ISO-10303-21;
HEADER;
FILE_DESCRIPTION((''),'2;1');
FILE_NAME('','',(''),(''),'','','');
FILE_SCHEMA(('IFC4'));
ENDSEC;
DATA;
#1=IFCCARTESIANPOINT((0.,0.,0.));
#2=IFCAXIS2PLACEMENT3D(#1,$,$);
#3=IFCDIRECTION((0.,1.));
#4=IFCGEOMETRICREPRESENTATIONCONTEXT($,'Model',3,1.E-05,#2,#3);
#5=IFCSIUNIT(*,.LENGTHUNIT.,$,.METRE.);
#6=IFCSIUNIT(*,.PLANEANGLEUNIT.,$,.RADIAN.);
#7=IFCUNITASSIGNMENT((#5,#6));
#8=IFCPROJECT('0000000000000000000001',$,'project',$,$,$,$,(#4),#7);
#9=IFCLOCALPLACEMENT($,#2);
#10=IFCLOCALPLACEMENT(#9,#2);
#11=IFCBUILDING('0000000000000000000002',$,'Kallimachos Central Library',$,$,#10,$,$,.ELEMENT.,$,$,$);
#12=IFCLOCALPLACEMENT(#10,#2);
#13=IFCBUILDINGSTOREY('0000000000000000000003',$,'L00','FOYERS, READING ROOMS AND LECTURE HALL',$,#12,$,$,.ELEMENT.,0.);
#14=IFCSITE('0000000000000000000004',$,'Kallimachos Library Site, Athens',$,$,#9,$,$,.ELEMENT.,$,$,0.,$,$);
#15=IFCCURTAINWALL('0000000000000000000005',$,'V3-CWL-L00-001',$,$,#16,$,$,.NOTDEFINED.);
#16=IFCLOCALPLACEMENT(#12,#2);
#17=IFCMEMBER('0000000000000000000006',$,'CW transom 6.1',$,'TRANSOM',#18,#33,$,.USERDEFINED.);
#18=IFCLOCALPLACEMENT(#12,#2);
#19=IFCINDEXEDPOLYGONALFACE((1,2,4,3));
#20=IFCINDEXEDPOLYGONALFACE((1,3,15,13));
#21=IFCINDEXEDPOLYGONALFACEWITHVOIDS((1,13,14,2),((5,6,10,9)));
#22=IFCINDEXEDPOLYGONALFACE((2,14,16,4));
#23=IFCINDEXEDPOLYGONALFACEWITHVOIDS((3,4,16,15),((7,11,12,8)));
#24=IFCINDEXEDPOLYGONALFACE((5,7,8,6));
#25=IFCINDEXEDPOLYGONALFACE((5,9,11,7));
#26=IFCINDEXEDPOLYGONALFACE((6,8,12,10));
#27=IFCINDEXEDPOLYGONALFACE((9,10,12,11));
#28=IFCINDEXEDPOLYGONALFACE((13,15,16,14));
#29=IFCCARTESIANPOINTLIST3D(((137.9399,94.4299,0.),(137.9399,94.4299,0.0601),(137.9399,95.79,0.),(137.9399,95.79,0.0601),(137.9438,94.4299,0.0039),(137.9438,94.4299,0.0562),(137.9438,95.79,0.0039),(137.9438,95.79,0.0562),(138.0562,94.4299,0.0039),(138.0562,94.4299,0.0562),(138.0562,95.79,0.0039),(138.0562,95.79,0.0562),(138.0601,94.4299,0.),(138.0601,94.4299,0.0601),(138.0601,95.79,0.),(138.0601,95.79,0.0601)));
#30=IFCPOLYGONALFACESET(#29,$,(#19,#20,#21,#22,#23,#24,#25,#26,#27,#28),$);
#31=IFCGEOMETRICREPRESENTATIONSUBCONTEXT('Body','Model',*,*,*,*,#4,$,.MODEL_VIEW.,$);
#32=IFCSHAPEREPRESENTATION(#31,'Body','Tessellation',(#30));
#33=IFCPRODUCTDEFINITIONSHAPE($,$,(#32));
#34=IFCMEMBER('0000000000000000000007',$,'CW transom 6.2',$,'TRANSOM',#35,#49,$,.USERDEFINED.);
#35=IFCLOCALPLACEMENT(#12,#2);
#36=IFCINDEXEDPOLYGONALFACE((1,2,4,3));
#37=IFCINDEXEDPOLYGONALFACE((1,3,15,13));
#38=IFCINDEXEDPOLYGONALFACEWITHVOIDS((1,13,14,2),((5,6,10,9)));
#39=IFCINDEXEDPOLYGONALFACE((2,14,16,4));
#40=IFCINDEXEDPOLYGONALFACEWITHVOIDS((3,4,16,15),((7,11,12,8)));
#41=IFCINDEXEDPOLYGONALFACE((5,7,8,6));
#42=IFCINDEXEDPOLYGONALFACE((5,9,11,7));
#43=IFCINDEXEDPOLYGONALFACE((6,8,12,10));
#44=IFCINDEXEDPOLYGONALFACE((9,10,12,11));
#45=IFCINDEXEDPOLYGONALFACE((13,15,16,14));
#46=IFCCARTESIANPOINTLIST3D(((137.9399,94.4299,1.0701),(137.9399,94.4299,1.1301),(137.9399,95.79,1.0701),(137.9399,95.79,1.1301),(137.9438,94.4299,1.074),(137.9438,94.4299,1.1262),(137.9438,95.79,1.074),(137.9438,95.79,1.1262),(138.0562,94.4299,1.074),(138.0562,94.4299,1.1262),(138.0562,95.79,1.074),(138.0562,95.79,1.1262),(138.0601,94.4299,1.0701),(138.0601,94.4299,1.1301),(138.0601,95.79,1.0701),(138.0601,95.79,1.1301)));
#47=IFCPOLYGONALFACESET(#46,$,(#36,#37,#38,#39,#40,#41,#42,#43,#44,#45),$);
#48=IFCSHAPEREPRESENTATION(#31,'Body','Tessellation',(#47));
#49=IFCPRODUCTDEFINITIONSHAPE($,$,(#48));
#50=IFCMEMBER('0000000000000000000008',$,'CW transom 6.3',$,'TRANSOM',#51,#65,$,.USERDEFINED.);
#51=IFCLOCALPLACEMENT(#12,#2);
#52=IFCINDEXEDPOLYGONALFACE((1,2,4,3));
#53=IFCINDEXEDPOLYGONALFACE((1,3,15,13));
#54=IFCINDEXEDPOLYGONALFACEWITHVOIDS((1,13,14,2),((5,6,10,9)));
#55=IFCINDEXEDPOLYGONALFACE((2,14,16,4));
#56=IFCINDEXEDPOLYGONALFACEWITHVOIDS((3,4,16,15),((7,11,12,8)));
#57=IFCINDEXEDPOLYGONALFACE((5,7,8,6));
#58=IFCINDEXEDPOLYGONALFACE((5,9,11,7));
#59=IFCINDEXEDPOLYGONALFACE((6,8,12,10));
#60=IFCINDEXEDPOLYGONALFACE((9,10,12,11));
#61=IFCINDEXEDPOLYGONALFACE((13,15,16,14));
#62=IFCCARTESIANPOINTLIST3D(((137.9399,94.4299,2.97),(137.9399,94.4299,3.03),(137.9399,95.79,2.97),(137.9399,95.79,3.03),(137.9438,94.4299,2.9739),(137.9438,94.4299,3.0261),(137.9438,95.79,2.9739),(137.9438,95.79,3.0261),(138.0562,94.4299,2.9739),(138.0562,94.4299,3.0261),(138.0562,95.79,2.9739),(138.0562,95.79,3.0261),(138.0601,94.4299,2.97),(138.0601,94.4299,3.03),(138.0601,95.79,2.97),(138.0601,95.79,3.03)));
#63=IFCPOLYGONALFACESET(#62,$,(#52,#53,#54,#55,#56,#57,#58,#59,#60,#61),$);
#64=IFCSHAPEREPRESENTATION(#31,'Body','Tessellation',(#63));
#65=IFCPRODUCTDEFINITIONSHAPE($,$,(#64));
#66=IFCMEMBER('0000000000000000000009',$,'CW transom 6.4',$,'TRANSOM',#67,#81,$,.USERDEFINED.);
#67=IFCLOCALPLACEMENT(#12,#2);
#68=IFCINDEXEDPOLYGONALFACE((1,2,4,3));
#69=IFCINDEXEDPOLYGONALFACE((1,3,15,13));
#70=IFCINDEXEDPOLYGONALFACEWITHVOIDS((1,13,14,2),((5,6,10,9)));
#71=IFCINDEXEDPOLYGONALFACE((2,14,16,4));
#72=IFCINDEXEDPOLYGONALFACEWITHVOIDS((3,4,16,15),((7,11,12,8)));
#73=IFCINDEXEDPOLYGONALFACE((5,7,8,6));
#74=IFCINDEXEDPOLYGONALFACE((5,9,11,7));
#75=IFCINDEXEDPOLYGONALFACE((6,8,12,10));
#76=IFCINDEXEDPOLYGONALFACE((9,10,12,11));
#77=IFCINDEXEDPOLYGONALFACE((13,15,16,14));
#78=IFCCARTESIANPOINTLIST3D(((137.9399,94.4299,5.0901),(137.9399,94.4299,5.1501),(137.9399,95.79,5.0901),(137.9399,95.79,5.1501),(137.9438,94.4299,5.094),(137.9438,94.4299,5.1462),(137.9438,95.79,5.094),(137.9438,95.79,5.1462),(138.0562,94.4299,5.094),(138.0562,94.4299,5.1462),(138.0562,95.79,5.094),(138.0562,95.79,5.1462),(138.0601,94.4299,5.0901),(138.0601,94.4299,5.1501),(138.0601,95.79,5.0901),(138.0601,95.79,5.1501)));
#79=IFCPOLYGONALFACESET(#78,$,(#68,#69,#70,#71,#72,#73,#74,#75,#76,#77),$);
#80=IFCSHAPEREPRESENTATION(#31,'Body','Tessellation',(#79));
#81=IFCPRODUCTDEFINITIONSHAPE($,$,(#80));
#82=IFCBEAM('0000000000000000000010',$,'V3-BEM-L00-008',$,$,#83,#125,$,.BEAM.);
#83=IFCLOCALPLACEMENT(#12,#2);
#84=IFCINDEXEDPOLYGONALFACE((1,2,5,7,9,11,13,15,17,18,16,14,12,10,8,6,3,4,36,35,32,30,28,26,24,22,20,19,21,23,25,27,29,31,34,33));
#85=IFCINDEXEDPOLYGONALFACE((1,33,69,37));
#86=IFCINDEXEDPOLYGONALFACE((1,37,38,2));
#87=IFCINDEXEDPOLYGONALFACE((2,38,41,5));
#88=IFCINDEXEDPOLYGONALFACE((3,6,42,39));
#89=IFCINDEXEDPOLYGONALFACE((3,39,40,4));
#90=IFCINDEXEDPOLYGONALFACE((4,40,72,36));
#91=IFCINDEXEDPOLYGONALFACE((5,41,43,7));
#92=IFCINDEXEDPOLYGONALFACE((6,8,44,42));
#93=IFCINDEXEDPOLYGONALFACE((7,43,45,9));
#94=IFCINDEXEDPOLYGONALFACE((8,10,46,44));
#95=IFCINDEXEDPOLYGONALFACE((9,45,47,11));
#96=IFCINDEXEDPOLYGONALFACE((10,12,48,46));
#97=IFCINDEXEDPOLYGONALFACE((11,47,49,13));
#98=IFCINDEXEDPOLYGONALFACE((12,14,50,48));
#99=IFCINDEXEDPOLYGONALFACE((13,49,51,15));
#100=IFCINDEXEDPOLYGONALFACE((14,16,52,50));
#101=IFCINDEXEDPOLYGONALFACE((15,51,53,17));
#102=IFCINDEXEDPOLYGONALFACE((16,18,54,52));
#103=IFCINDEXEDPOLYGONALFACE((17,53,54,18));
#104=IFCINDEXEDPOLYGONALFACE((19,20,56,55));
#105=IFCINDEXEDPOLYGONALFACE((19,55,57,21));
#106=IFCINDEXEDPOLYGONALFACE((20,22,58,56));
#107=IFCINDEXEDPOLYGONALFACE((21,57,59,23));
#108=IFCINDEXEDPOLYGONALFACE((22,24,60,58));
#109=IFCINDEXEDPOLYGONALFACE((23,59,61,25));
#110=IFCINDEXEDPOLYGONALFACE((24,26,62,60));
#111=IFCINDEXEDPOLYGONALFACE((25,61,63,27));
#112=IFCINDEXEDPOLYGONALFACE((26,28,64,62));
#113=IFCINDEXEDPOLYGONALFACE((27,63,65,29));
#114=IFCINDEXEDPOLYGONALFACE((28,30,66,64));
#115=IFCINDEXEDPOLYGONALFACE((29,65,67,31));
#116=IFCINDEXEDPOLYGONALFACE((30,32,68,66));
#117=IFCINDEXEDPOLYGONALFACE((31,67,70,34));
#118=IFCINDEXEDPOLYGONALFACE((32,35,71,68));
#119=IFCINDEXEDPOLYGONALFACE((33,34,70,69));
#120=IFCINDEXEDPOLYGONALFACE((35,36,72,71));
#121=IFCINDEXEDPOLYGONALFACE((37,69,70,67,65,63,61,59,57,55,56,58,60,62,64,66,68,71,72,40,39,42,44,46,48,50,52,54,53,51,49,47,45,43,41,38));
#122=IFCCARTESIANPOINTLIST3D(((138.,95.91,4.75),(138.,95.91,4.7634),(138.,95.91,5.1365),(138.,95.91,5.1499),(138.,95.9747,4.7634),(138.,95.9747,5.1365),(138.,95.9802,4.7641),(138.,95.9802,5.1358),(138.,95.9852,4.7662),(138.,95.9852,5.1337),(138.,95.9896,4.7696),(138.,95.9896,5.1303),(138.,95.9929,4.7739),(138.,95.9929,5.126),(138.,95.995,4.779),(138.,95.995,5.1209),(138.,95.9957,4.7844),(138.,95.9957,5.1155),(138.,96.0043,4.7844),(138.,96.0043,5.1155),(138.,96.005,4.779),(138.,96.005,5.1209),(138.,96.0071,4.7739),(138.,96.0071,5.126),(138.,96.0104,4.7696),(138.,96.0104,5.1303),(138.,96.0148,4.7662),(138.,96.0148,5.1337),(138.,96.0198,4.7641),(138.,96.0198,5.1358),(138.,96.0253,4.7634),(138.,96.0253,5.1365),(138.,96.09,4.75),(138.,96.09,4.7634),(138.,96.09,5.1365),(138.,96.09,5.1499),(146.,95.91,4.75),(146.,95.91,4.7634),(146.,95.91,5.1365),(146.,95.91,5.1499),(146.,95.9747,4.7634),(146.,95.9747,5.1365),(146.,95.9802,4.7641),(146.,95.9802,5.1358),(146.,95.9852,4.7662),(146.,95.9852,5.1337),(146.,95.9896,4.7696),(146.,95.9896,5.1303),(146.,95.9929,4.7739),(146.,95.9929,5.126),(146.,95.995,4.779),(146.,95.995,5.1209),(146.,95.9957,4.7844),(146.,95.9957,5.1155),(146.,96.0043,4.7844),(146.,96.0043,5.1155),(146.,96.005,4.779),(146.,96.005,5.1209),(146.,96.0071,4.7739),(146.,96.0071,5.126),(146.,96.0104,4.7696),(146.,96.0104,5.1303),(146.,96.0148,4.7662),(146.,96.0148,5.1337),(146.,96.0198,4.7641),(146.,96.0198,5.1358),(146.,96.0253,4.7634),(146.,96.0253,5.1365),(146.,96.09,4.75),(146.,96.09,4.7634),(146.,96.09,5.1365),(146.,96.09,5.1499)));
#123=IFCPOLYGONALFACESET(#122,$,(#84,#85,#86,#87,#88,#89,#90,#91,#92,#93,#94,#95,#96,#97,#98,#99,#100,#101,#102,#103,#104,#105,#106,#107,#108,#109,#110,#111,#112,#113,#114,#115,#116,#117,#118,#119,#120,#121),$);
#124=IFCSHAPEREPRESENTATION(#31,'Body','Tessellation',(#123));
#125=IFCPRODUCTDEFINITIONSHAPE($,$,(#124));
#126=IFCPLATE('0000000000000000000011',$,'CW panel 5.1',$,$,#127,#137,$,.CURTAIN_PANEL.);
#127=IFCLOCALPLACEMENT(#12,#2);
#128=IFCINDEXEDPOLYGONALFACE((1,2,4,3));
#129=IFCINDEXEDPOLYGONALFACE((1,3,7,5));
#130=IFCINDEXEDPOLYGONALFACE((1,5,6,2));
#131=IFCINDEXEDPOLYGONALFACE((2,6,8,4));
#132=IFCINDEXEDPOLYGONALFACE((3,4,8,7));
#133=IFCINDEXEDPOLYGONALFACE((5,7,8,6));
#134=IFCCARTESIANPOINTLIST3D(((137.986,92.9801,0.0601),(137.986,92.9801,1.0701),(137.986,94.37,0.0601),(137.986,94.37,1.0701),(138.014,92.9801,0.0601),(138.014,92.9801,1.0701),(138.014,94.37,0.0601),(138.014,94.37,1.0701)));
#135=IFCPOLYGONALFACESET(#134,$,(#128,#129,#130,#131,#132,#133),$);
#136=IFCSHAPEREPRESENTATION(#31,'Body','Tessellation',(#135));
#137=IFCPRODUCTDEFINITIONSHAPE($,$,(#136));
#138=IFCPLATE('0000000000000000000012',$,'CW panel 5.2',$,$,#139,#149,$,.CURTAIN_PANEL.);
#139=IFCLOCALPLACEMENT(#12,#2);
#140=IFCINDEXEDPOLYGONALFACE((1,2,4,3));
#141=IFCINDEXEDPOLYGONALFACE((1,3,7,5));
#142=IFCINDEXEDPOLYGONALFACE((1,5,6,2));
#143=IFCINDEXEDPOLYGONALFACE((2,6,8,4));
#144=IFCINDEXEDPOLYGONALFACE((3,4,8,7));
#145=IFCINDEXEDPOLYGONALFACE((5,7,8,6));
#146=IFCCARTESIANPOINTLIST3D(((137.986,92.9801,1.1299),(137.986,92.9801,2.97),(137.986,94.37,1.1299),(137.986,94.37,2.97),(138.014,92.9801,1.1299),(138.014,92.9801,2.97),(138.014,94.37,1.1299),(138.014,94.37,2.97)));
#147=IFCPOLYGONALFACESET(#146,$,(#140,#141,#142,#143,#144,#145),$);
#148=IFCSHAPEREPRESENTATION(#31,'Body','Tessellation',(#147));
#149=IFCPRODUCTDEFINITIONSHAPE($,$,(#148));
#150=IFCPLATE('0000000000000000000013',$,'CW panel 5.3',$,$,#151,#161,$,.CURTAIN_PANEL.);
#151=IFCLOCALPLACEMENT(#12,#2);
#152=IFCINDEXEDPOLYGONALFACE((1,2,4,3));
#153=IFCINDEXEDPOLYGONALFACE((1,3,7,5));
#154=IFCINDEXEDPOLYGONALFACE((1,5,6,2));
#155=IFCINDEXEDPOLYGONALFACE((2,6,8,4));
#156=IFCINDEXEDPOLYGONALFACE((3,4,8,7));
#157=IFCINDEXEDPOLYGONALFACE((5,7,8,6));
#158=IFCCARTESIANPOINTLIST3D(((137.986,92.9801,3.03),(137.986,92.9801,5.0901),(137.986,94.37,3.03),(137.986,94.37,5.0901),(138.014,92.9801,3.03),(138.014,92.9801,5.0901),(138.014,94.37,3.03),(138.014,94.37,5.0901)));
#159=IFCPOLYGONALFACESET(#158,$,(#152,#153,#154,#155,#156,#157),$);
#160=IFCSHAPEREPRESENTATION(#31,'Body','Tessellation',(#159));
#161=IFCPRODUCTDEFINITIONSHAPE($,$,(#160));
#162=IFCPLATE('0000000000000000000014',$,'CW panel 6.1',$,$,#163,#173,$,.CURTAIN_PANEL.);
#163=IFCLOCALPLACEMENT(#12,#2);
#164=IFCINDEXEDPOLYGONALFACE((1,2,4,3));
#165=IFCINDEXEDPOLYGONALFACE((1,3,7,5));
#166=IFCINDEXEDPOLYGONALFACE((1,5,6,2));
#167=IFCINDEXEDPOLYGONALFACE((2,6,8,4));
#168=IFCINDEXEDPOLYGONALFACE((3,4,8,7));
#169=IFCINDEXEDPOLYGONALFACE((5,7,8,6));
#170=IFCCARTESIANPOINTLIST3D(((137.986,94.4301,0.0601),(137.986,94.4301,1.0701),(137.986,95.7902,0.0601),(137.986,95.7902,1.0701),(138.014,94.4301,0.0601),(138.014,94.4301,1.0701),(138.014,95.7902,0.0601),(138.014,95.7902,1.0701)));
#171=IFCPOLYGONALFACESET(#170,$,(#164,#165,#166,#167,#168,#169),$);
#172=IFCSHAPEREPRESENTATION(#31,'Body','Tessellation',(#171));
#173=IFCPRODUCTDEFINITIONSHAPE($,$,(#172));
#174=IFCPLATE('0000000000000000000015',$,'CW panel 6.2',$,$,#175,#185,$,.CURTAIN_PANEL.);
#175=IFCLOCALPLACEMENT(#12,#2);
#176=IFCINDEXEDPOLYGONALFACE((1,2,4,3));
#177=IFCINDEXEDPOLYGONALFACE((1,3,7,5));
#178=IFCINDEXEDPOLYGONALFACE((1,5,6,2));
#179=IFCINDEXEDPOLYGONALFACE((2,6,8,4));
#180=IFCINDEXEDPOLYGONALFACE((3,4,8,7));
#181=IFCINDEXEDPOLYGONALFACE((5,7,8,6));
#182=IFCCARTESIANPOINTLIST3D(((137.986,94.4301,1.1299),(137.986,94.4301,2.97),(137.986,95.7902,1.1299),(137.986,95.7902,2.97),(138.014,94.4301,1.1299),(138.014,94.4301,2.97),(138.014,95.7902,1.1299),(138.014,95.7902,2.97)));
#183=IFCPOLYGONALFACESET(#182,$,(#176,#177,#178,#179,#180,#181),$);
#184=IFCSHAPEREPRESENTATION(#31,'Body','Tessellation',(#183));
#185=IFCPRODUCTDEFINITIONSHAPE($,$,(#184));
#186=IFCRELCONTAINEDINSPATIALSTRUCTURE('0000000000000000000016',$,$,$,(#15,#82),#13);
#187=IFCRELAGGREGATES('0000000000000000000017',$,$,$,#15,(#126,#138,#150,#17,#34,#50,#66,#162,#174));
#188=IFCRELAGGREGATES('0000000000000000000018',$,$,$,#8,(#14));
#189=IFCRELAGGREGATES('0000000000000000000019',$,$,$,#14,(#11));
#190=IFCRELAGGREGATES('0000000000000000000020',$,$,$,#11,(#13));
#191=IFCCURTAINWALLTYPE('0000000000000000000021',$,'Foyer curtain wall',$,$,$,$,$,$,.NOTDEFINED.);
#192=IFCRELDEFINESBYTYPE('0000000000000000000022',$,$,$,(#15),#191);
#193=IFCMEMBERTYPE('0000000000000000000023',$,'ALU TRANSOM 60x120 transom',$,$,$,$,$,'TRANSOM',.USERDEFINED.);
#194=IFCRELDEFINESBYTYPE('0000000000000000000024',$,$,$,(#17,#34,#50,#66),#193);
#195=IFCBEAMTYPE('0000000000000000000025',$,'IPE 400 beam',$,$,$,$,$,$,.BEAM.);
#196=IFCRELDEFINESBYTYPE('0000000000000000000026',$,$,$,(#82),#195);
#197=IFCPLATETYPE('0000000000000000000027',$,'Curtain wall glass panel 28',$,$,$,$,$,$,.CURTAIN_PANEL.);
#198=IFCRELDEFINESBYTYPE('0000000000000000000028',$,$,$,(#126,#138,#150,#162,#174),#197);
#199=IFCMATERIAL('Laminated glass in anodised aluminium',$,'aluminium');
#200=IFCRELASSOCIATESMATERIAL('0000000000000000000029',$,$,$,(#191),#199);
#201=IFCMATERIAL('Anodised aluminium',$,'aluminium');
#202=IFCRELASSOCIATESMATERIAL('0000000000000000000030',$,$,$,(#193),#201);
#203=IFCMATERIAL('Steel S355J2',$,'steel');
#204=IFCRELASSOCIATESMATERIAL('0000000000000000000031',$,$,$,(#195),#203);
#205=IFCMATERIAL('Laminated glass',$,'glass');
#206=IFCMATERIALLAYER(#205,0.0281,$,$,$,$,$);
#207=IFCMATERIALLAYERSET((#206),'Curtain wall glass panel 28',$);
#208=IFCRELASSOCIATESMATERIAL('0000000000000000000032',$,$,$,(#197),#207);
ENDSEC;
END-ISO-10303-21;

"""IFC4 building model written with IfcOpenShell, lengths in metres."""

from ifc_helpers import new_model, si_unit, direction, frame, origin, origin_2d, place, context, subcontext, project, spatial, rectangle, hollow_rectangle, i_section, extrude, material, layer, layer_set, material_profile, profile_set, type_object, element, aggregate, save


model = new_model("IFC4")

# Units and contexts
model_context = context("Model", 3, precision=1e-05, world=origin(), true_north=direction((0.0, 1.0)))
body_context = subcontext(model_context, "Body", "Model", "MODEL_VIEW")
ifc_project = project(units=[si_unit("LENGTHUNIT", "METRE"), si_unit("PLANEANGLEUNIT", "RADIAN")], contexts=[model_context])

# Site, building, storey
site_placement = place(None, origin())
site = spatial("IfcSite", under=ifc_project, at=site_placement, Name="Kallimachos Library Site, Athens", CompositionType="ELEMENT", RefElevation=0.0)
building_placement = place(site_placement, origin())
building = spatial("IfcBuilding", under=site, at=building_placement, Name="Kallimachos Central Library", CompositionType="ELEMENT")
storey_placement = place(building_placement, origin())
storey = spatial("IfcBuildingStorey", under=building, at=storey_placement, Name="L00", Description="FOYERS, READING ROOMS AND LECTURE HALL", CompositionType="ELEMENT", Elevation=0.0)

# Curtain wall, members
ifc_material_1 = material(Name="Laminated glass in anodised aluminium", Category="aluminium")
curtain_wall_type = type_object("IfcCurtainWallType", Name="Foyer curtain wall", PredefinedType="NOTDEFINED", material=ifc_material_1)
curtain_wall_placement = place(storey_placement, origin())
curtain_wall = element("IfcCurtainWall", 1, at=curtain_wall_placement, inside=storey, type_object=curtain_wall_type, Name="V3-CWL-L00-001", PredefinedType="NOTDEFINED")
ifc_material_2 = material(Name="Anodised aluminium", Category="aluminium")
ifc_material_profile_1 = material_profile(ifc_material_2, hollow_rectangle(XDim=0.0601, YDim=0.1201, WallThickness=0.0039, at=origin_2d()), Name="ALU TRANSOM 60x120")
ifc_profile_set_1 = profile_set([ifc_material_profile_1], Name="Anodised aluminium")
member_type_1 = type_object("IfcMemberType", Name="ALU TRANSOM 60x120 transom", ElementType="TRANSOM", PredefinedType="USERDEFINED", material=ifc_profile_set_1)
member_1_placement = place(storey_placement, frame((138.0, 94.4299, 0.03), z_axis=(0.0, 1.0, 0.0), x_axis=(0.0, 0.0, 1.0)))
member_1 = element("IfcMember", 2, at=member_1_placement, type_object=member_type_1, Name="CW transom 6.1", ObjectType="TRANSOM", PredefinedType="USERDEFINED", context=body_context, shape_type="SweptSolid", body=[
    extrude(hollow_rectangle(XDim=0.0601, YDim=0.1201, WallThickness=0.0039, at=origin_2d()), origin(), (0.0, 0.0, 1.0), 1.3601),
])
member_2_placement = place(storey_placement, frame((138.0, 94.4299, 1.1001), z_axis=(0.0, 1.0, 0.0), x_axis=(0.0, 0.0, 1.0)))
member_2 = element("IfcMember", 3, at=member_2_placement, type_object=member_type_1, Name="CW transom 6.2", ObjectType="TRANSOM", PredefinedType="USERDEFINED", context=body_context, shape_type="SweptSolid", body=[
    extrude(hollow_rectangle(XDim=0.0601, YDim=0.1201, WallThickness=0.0039, at=origin_2d()), origin(), (0.0, 0.0, 1.0), 1.3601),
])
member_3_placement = place(storey_placement, frame((138.0, 94.4299, 3.0), z_axis=(0.0, 1.0, 0.0), x_axis=(0.0, 0.0, 1.0)))
member_3 = element("IfcMember", 4, at=member_3_placement, type_object=member_type_1, Name="CW transom 6.3", ObjectType="TRANSOM", PredefinedType="USERDEFINED", context=body_context, shape_type="SweptSolid", body=[
    extrude(hollow_rectangle(XDim=0.0601, YDim=0.1201, WallThickness=0.0039, at=origin_2d()), origin(), (0.0, 0.0, 1.0), 1.3601),
])
member_4_placement = place(storey_placement, frame((138.0, 94.4299, 5.1201), z_axis=(0.0, 1.0, 0.0), x_axis=(0.0, 0.0, 1.0)))
member_4 = element("IfcMember", 5, at=member_4_placement, type_object=member_type_1, Name="CW transom 6.4", ObjectType="TRANSOM", PredefinedType="USERDEFINED", context=body_context, shape_type="SweptSolid", body=[
    extrude(hollow_rectangle(XDim=0.0601, YDim=0.1201, WallThickness=0.0039, at=origin_2d()), origin(), (0.0, 0.0, 1.0), 1.3601),
])

# Beam
ifc_material_3 = material(Name="Steel S355J2", Category="steel")
ifc_material_profile_2 = material_profile(ifc_material_3, i_section(OverallWidth=0.1799, OverallDepth=0.3999, WebThickness=0.0085, FlangeThickness=0.0134, FilletRadius=0.021, at=origin_2d()), Name="IPE 400")
ifc_profile_set_2 = profile_set([ifc_material_profile_2], Name="Steel S355J2")
beam_type = type_object("IfcBeamType", Name="IPE 400 beam", PredefinedType="BEAM", material=ifc_profile_set_2)
beam_placement = place(storey_placement, frame((138.0, 96.0, 4.95), z_axis=(1.0, 0.0, 0.0), x_axis=(0.0, 1.0, 0.0)))
element("IfcBeam", 6, at=beam_placement, inside=storey, type_object=beam_type, Name="V3-BEM-L00-008", PredefinedType="BEAM", context=body_context, shape_type="SweptSolid", body=[
    extrude(i_section(OverallWidth=0.1799, OverallDepth=0.3999, WebThickness=0.0085, FlangeThickness=0.0134, FilletRadius=0.021, at=origin_2d()), origin(), (0.0, 0.0, 1.0), 8.0),
])

# Plates
ifc_material_4 = material(Name="Laminated glass", Category="glass")
ifc_layer_1 = layer(ifc_material_4, 0.0281)
ifc_layer_set_1 = layer_set([ifc_layer_1], Name="Curtain wall glass panel 28")
plate_type = type_object("IfcPlateType", Name="Curtain wall glass panel 28", PredefinedType="CURTAIN_PANEL", material=ifc_layer_set_1)
plate_1_placement = place(storey_placement, frame((138.0, 93.675, 0.0601), z_axis=(0.0, 0.0, 1.0), x_axis=(0.0, 1.0, 0.0)))
plate_1 = element("IfcPlate", 7, at=plate_1_placement, type_object=plate_type, Name="CW panel 5.1", PredefinedType="CURTAIN_PANEL", context=body_context, shape_type="SweptSolid", body=[
    extrude(rectangle(XDim=1.3899, YDim=0.0281, at=origin_2d()), origin(), (0.0, 0.0, 1.0), 1.01),
])
plate_2_placement = place(storey_placement, frame((138.0, 93.675, 1.1299), z_axis=(0.0, 0.0, 1.0), x_axis=(0.0, 1.0, 0.0)))
plate_2 = element("IfcPlate", 8, at=plate_2_placement, type_object=plate_type, Name="CW panel 5.2", PredefinedType="CURTAIN_PANEL", context=body_context, shape_type="SweptSolid", body=[
    extrude(rectangle(XDim=1.3899, YDim=0.0281, at=origin_2d()), origin(), (0.0, 0.0, 1.0), 1.8401),
])
plate_3_placement = place(storey_placement, frame((138.0, 93.675, 3.03), z_axis=(0.0, 0.0, 1.0), x_axis=(0.0, 1.0, 0.0)))
plate_3 = element("IfcPlate", 9, at=plate_3_placement, type_object=plate_type, Name="CW panel 5.3", PredefinedType="CURTAIN_PANEL", context=body_context, shape_type="SweptSolid", body=[
    extrude(rectangle(XDim=1.3899, YDim=0.0281, at=origin_2d()), origin(), (0.0, 0.0, 1.0), 2.0601),
])
plate_4_placement = place(storey_placement, frame((138.0, 95.1101, 0.0601), z_axis=(0.0, 0.0, 1.0), x_axis=(0.0, 1.0, 0.0)))
plate_4 = element("IfcPlate", 10, at=plate_4_placement, type_object=plate_type, Name="CW panel 6.1", PredefinedType="CURTAIN_PANEL", context=body_context, shape_type="SweptSolid", body=[
    extrude(rectangle(XDim=1.3601, YDim=0.0281, at=origin_2d()), origin(), (0.0, 0.0, 1.0), 1.01),
])
plate_5_placement = place(storey_placement, frame((138.0, 95.1101, 1.1299), z_axis=(0.0, 0.0, 1.0), x_axis=(0.0, 1.0, 0.0)))
plate_5 = element("IfcPlate", 11, at=plate_5_placement, type_object=plate_type, Name="CW panel 6.2", PredefinedType="CURTAIN_PANEL", context=body_context, shape_type="SweptSolid", body=[
    extrude(rectangle(XDim=1.3601, YDim=0.0281, at=origin_2d()), origin(), (0.0, 0.0, 1.0), 1.8401),
])
aggregate(curtain_wall, [plate_1, plate_2, plate_3, member_1, member_2, member_3, member_4, plate_4, plate_5])

save(model, "model.ifc")
